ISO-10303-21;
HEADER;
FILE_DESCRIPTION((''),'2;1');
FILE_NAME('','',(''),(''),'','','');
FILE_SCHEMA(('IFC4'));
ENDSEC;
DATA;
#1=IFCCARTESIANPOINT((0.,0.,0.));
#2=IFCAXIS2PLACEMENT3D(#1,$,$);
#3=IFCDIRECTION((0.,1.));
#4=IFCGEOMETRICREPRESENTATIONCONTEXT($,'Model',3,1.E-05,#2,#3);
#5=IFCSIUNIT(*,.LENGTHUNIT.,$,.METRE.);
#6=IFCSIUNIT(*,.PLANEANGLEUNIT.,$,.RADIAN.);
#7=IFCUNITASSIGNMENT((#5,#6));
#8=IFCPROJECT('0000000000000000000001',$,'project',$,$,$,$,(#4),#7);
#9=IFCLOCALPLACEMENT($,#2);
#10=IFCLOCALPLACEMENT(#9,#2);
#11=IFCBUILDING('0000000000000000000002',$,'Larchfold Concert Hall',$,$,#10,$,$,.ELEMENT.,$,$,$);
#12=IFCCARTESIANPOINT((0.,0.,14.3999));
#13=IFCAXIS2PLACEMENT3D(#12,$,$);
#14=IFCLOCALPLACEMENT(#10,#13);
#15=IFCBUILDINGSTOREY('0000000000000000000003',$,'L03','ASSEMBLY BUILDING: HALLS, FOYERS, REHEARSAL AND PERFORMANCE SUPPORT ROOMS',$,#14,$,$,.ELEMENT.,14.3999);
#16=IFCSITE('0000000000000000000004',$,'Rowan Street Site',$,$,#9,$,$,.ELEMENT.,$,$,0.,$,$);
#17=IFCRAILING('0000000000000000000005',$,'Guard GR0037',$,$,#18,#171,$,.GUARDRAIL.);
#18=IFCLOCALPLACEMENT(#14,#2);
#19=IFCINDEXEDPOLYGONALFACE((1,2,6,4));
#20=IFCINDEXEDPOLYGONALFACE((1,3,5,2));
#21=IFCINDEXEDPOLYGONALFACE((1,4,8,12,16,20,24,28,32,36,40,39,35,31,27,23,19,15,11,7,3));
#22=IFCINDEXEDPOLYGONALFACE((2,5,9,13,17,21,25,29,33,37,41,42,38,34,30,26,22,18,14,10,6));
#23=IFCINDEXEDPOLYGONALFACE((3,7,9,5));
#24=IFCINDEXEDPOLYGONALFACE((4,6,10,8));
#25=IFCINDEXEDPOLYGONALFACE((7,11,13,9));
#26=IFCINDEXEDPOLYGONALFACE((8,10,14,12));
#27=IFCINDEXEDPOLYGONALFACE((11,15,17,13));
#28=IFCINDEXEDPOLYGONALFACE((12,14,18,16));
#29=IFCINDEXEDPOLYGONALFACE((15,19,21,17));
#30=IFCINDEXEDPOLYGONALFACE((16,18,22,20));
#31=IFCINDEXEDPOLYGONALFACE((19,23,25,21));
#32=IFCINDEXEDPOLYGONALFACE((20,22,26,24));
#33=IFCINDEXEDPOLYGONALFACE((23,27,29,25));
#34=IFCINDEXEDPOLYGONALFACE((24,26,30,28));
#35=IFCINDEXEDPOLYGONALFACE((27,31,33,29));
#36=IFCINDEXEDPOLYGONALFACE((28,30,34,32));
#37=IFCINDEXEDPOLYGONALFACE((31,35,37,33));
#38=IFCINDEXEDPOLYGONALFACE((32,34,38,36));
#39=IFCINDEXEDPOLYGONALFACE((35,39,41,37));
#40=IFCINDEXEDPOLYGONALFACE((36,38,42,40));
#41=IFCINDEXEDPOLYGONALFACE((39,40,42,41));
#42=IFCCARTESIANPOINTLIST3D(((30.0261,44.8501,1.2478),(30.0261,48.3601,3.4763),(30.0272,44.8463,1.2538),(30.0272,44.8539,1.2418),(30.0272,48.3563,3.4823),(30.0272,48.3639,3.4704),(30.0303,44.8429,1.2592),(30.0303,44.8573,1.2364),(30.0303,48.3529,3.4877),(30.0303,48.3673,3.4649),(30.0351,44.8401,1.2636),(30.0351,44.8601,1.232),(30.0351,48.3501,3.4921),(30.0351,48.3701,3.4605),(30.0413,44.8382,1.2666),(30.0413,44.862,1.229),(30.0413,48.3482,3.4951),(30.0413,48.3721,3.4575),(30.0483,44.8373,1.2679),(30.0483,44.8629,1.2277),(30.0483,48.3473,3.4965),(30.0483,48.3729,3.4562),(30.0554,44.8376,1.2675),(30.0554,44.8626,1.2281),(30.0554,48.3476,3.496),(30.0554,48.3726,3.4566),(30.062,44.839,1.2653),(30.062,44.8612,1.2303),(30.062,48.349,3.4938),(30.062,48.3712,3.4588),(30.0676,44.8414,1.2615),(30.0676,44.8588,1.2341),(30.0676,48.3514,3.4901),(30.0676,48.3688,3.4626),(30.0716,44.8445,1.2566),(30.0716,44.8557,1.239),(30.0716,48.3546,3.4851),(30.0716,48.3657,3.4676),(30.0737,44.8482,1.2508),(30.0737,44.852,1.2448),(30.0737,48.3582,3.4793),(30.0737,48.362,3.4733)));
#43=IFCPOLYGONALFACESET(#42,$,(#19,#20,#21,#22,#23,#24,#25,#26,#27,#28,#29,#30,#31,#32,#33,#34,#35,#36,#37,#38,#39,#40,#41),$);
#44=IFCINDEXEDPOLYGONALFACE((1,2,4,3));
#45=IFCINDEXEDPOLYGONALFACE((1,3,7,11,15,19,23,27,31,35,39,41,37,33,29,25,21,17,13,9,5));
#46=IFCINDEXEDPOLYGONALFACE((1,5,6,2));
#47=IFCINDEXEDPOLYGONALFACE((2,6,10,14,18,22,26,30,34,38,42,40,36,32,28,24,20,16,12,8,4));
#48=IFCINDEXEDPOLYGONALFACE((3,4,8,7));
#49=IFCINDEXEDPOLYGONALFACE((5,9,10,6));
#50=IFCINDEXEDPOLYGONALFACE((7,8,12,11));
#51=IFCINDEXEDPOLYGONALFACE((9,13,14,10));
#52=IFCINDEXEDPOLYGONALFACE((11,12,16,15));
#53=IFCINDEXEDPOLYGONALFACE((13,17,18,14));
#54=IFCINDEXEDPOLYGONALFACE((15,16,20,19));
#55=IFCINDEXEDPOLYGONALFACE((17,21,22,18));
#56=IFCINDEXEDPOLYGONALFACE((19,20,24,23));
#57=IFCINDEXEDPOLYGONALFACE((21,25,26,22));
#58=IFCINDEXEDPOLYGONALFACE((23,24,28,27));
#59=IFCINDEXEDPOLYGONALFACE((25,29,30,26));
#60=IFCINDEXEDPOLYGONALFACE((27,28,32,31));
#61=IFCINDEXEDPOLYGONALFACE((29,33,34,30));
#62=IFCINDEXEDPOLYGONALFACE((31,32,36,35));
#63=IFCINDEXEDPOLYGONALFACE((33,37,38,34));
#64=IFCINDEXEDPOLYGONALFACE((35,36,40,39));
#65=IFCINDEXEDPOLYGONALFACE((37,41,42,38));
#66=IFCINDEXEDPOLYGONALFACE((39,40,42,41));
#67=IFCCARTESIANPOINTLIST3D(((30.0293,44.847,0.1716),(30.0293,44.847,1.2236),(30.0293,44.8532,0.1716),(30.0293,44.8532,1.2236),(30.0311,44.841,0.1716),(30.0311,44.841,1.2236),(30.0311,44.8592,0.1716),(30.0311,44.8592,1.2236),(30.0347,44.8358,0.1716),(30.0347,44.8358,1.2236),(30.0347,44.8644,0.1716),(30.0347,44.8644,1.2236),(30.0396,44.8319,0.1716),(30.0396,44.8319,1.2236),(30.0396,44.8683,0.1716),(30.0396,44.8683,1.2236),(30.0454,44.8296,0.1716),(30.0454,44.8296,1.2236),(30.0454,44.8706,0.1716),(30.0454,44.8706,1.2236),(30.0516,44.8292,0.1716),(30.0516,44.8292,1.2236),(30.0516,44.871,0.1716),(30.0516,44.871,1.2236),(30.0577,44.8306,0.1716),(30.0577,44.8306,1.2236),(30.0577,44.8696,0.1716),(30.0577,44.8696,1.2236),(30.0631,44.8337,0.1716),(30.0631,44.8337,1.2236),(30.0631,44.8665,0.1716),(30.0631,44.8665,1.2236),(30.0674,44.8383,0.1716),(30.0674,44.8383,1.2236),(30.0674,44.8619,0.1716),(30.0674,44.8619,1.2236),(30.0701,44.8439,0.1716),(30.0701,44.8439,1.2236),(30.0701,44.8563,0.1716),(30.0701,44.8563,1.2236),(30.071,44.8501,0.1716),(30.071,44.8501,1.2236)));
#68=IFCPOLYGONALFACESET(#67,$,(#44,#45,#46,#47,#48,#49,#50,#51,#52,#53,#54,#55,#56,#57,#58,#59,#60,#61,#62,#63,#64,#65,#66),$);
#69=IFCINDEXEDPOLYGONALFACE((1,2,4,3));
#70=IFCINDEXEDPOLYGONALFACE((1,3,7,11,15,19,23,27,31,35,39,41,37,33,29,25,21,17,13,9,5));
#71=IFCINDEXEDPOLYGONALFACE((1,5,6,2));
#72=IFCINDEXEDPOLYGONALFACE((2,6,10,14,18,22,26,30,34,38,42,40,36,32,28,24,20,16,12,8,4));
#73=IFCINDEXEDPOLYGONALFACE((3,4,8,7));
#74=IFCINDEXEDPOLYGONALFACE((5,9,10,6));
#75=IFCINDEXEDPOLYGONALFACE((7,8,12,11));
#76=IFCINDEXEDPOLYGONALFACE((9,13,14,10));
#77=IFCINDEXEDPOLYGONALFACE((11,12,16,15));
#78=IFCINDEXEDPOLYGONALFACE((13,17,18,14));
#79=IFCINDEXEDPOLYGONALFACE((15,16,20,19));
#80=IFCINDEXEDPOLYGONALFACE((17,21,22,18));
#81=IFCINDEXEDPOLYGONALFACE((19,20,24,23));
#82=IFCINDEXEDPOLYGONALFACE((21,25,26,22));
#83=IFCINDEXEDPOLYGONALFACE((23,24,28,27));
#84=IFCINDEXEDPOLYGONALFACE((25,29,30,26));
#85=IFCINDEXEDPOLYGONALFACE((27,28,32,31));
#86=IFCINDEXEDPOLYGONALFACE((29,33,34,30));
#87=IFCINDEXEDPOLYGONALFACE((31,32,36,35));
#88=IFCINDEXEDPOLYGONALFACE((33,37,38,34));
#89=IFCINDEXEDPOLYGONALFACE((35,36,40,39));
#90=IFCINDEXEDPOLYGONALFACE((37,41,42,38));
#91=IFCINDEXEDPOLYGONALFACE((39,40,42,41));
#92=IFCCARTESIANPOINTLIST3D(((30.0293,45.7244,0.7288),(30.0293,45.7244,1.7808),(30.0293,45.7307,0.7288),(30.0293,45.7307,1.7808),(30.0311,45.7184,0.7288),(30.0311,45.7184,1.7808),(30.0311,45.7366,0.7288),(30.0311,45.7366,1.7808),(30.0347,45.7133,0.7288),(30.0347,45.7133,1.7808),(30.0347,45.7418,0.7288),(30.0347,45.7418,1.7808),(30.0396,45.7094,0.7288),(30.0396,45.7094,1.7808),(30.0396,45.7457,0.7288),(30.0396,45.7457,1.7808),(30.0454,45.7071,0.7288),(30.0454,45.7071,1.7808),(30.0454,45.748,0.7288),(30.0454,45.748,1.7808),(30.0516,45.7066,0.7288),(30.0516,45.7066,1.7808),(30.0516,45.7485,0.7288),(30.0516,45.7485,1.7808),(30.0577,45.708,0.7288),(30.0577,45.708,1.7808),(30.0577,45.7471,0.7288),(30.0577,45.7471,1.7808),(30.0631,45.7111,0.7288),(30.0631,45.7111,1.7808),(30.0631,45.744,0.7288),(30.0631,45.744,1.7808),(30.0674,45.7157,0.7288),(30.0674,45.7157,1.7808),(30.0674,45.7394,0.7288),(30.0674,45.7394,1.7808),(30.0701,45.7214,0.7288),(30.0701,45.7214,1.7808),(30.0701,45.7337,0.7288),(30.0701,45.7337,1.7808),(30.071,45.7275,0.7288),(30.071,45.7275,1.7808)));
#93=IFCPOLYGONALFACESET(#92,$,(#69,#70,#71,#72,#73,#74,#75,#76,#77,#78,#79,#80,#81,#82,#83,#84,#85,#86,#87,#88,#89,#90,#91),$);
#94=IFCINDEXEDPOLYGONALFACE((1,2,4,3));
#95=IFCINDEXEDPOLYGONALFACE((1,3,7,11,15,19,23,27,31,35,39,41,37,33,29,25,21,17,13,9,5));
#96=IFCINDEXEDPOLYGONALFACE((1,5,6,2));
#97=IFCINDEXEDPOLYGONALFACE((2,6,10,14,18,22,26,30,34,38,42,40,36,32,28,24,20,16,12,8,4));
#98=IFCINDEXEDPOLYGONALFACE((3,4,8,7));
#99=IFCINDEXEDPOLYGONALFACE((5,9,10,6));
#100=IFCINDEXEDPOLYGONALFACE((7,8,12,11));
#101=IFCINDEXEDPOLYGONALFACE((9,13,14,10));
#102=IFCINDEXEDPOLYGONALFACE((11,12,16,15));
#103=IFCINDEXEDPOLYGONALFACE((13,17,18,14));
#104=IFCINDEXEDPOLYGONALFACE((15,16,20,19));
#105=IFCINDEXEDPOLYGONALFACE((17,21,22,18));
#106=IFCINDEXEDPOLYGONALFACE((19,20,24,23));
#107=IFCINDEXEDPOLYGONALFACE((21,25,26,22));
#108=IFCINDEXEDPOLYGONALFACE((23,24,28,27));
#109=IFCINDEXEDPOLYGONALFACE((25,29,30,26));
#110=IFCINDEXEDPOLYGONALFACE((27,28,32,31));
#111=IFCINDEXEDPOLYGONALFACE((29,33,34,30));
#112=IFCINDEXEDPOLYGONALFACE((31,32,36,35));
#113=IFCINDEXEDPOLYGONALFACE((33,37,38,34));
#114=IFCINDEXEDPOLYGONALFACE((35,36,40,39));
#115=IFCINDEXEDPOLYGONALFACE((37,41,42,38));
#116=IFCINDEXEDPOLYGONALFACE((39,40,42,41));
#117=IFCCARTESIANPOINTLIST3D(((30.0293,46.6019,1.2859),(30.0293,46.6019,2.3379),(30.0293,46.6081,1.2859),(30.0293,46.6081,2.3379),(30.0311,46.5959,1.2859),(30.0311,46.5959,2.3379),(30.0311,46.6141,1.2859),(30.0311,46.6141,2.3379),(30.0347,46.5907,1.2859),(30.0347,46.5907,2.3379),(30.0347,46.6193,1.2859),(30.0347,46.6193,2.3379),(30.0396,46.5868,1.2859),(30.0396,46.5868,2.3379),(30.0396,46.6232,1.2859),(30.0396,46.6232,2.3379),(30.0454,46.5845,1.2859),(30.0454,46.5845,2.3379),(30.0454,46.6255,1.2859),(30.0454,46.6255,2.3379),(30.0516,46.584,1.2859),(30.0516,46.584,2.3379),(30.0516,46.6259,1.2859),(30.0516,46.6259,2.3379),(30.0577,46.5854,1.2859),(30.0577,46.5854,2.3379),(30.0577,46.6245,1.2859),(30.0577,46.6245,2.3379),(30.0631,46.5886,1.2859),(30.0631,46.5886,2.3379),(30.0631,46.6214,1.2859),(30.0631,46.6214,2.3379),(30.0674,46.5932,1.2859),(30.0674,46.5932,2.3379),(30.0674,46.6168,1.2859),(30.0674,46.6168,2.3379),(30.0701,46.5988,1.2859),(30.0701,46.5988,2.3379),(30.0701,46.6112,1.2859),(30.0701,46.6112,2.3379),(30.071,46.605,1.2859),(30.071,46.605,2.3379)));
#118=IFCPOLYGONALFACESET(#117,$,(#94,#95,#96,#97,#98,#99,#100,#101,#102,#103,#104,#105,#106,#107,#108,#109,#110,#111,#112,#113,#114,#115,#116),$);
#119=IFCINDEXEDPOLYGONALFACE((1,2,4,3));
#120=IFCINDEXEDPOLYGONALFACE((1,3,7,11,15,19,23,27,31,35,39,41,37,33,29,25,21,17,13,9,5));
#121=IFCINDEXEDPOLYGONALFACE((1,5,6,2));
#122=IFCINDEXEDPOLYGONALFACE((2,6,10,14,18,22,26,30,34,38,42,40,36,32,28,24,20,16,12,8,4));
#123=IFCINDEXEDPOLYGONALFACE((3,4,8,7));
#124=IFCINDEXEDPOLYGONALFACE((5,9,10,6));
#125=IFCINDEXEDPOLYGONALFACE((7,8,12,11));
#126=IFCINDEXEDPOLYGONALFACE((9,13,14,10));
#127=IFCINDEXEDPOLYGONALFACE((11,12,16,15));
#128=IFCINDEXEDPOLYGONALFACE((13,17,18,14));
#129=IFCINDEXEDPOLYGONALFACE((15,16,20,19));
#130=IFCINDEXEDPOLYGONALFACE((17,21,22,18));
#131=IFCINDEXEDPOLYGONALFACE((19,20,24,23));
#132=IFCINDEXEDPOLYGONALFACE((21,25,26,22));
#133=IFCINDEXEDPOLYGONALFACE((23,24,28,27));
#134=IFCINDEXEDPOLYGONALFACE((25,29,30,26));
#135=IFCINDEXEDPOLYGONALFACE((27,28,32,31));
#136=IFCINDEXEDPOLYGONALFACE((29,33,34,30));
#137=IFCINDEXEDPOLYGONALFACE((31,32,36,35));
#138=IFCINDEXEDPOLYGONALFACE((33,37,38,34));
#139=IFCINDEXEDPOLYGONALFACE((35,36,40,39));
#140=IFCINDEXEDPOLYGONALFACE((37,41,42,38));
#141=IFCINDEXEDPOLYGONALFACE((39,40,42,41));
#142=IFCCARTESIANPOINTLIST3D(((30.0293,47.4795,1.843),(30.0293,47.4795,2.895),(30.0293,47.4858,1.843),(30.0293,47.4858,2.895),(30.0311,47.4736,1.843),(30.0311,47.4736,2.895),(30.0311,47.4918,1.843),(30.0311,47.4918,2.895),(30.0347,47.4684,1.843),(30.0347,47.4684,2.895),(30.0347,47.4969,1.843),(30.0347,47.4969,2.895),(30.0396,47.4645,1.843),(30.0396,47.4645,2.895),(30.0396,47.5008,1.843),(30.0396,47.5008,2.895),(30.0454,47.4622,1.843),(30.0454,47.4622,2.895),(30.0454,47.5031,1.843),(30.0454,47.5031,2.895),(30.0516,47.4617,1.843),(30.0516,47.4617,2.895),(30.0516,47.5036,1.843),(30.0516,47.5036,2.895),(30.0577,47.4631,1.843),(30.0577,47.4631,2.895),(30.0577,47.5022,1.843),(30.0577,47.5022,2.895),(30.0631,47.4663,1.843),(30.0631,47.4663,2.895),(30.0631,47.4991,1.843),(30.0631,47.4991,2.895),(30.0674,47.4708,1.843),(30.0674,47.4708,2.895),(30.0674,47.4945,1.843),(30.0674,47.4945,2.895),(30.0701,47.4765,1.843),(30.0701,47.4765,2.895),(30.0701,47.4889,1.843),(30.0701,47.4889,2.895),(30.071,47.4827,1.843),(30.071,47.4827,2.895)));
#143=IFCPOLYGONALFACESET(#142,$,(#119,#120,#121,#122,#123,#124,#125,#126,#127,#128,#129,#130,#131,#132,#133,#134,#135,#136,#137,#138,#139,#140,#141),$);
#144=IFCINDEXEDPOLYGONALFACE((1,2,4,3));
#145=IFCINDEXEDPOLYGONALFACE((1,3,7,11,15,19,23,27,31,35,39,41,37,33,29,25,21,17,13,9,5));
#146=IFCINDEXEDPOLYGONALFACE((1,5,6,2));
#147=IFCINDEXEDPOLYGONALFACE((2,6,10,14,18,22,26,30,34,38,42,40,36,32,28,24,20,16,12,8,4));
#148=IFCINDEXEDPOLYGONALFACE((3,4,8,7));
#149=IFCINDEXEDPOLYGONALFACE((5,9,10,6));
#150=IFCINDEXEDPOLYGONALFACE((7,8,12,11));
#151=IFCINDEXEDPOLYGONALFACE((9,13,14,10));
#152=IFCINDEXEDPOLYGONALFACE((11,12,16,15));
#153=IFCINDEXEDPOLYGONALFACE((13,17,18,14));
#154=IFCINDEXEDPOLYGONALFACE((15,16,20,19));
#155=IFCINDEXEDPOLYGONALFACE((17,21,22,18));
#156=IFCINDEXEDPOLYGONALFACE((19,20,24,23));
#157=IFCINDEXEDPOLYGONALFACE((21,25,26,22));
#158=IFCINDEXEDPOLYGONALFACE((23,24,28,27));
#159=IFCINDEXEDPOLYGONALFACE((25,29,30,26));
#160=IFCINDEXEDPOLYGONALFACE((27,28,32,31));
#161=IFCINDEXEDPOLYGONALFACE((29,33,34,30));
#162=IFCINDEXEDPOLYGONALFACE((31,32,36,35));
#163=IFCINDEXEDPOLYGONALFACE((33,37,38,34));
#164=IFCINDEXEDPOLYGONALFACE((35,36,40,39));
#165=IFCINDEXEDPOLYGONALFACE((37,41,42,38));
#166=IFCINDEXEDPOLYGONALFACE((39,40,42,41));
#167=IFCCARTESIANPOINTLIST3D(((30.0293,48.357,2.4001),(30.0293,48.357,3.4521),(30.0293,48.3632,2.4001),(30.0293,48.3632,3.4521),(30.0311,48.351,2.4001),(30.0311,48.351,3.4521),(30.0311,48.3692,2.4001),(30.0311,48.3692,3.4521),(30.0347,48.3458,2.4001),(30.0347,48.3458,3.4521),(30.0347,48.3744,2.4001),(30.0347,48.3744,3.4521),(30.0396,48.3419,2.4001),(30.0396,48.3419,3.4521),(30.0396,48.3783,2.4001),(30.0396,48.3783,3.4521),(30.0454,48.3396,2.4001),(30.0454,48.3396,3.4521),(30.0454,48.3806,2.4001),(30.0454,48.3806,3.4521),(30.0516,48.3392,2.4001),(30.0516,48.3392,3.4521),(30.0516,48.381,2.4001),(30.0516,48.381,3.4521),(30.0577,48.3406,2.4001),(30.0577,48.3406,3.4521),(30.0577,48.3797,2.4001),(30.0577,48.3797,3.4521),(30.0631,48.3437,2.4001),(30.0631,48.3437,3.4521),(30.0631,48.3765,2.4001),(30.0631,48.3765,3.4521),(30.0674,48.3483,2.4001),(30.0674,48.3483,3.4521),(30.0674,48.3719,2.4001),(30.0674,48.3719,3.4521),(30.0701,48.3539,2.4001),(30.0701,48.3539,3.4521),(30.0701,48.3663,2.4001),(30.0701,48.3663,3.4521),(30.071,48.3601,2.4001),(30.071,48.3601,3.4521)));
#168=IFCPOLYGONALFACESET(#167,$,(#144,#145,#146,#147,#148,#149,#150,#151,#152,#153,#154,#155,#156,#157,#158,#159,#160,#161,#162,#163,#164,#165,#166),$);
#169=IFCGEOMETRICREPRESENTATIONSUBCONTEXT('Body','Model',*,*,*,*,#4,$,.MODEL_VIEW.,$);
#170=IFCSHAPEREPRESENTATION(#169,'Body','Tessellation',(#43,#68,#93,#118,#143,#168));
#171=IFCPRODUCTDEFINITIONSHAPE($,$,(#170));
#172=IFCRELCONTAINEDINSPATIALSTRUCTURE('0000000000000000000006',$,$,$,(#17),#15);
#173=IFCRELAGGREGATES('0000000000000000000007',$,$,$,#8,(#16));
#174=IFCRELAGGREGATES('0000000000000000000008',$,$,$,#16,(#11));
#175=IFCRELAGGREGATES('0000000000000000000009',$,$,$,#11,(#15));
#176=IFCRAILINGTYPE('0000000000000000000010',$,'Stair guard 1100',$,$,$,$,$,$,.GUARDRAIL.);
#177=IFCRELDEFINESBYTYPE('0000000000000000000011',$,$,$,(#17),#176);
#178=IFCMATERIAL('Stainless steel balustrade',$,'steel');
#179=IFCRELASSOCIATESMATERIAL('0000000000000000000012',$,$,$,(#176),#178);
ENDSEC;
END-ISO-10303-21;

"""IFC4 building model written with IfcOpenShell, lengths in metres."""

from ifc_helpers import new_model, si_unit, direction, frame, origin, origin_2d, place, context, subcontext, project, spatial, circle, extrude, material, type_object, element, save


model = new_model("IFC4")

# Units and contexts
model_context = context("Model", 3, precision=1e-05, world=origin(), true_north=direction((0.0, 1.0)))
body_context = subcontext(model_context, "Body", "Model", "MODEL_VIEW")
ifc_project = project(units=[si_unit("LENGTHUNIT", "METRE"), si_unit("PLANEANGLEUNIT", "RADIAN")], contexts=[model_context])

# Site, building, storey
site_placement = place(None, origin())
site = spatial("IfcSite", under=ifc_project, at=site_placement, Name="Rowan Street Site", CompositionType="ELEMENT", RefElevation=0.0)
building_placement = place(site_placement, origin())
building = spatial("IfcBuilding", under=site, at=building_placement, Name="Larchfold Concert Hall", CompositionType="ELEMENT")
storey_placement = place(building_placement, frame((0.0, 0.0, 14.3999)))
storey = spatial("IfcBuildingStorey", under=building, at=storey_placement, Name="L03", Description="ASSEMBLY BUILDING: HALLS, FOYERS, REHEARSAL AND PERFORMANCE SUPPORT ROOMS", CompositionType="ELEMENT", Elevation=14.3999)

# Railing
ifc_material_1 = material(Name="Stainless steel balustrade", Category="steel")
railing_type_1 = type_object("IfcRailingType", Name="Stair guard 1100", PredefinedType="GUARDRAIL", material=ifc_material_1)
railing_1_placement = place(storey_placement, frame((30.05, 44.8501, 0.1716)))
element("IfcRailing", 1, at=railing_1_placement, inside=storey, type_object=railing_type_1, Name="Guard GR0037", PredefinedType="GUARDRAIL", context=body_context, shape_type="SweptSolid", body=[
    extrude(circle(Radius=0.0239, at=origin_2d()), frame((0.0, 0.0, 1.0762), z_axis=(0.0, 0.84422, 0.535998), x_axis=(-1.0, 0.0, 0.0)), (0.0, 0.0, 1.0), 4.1577),
    extrude(circle(Radius=0.021, at=origin_2d()), origin(), (0.0, 0.0, 1.0), 1.052),
    extrude(circle(Radius=0.021, at=origin_2d()), frame((0.0, 0.8774, 0.5571)), (0.0, 0.0, 1.0), 1.052),
    extrude(circle(Radius=0.021, at=origin_2d()), frame((0.0, 1.7549, 1.1143)), (0.0, 0.0, 1.0), 1.052),
    extrude(circle(Radius=0.021, at=origin_2d()), frame((0.0, 2.6326, 1.6714)), (0.0, 0.0, 1.0), 1.052),
    extrude(circle(Radius=0.021, at=origin_2d()), frame((0.0, 3.51, 2.2285)), (0.0, 0.0, 1.0), 1.052),
])

save(model, "model.ifc")
